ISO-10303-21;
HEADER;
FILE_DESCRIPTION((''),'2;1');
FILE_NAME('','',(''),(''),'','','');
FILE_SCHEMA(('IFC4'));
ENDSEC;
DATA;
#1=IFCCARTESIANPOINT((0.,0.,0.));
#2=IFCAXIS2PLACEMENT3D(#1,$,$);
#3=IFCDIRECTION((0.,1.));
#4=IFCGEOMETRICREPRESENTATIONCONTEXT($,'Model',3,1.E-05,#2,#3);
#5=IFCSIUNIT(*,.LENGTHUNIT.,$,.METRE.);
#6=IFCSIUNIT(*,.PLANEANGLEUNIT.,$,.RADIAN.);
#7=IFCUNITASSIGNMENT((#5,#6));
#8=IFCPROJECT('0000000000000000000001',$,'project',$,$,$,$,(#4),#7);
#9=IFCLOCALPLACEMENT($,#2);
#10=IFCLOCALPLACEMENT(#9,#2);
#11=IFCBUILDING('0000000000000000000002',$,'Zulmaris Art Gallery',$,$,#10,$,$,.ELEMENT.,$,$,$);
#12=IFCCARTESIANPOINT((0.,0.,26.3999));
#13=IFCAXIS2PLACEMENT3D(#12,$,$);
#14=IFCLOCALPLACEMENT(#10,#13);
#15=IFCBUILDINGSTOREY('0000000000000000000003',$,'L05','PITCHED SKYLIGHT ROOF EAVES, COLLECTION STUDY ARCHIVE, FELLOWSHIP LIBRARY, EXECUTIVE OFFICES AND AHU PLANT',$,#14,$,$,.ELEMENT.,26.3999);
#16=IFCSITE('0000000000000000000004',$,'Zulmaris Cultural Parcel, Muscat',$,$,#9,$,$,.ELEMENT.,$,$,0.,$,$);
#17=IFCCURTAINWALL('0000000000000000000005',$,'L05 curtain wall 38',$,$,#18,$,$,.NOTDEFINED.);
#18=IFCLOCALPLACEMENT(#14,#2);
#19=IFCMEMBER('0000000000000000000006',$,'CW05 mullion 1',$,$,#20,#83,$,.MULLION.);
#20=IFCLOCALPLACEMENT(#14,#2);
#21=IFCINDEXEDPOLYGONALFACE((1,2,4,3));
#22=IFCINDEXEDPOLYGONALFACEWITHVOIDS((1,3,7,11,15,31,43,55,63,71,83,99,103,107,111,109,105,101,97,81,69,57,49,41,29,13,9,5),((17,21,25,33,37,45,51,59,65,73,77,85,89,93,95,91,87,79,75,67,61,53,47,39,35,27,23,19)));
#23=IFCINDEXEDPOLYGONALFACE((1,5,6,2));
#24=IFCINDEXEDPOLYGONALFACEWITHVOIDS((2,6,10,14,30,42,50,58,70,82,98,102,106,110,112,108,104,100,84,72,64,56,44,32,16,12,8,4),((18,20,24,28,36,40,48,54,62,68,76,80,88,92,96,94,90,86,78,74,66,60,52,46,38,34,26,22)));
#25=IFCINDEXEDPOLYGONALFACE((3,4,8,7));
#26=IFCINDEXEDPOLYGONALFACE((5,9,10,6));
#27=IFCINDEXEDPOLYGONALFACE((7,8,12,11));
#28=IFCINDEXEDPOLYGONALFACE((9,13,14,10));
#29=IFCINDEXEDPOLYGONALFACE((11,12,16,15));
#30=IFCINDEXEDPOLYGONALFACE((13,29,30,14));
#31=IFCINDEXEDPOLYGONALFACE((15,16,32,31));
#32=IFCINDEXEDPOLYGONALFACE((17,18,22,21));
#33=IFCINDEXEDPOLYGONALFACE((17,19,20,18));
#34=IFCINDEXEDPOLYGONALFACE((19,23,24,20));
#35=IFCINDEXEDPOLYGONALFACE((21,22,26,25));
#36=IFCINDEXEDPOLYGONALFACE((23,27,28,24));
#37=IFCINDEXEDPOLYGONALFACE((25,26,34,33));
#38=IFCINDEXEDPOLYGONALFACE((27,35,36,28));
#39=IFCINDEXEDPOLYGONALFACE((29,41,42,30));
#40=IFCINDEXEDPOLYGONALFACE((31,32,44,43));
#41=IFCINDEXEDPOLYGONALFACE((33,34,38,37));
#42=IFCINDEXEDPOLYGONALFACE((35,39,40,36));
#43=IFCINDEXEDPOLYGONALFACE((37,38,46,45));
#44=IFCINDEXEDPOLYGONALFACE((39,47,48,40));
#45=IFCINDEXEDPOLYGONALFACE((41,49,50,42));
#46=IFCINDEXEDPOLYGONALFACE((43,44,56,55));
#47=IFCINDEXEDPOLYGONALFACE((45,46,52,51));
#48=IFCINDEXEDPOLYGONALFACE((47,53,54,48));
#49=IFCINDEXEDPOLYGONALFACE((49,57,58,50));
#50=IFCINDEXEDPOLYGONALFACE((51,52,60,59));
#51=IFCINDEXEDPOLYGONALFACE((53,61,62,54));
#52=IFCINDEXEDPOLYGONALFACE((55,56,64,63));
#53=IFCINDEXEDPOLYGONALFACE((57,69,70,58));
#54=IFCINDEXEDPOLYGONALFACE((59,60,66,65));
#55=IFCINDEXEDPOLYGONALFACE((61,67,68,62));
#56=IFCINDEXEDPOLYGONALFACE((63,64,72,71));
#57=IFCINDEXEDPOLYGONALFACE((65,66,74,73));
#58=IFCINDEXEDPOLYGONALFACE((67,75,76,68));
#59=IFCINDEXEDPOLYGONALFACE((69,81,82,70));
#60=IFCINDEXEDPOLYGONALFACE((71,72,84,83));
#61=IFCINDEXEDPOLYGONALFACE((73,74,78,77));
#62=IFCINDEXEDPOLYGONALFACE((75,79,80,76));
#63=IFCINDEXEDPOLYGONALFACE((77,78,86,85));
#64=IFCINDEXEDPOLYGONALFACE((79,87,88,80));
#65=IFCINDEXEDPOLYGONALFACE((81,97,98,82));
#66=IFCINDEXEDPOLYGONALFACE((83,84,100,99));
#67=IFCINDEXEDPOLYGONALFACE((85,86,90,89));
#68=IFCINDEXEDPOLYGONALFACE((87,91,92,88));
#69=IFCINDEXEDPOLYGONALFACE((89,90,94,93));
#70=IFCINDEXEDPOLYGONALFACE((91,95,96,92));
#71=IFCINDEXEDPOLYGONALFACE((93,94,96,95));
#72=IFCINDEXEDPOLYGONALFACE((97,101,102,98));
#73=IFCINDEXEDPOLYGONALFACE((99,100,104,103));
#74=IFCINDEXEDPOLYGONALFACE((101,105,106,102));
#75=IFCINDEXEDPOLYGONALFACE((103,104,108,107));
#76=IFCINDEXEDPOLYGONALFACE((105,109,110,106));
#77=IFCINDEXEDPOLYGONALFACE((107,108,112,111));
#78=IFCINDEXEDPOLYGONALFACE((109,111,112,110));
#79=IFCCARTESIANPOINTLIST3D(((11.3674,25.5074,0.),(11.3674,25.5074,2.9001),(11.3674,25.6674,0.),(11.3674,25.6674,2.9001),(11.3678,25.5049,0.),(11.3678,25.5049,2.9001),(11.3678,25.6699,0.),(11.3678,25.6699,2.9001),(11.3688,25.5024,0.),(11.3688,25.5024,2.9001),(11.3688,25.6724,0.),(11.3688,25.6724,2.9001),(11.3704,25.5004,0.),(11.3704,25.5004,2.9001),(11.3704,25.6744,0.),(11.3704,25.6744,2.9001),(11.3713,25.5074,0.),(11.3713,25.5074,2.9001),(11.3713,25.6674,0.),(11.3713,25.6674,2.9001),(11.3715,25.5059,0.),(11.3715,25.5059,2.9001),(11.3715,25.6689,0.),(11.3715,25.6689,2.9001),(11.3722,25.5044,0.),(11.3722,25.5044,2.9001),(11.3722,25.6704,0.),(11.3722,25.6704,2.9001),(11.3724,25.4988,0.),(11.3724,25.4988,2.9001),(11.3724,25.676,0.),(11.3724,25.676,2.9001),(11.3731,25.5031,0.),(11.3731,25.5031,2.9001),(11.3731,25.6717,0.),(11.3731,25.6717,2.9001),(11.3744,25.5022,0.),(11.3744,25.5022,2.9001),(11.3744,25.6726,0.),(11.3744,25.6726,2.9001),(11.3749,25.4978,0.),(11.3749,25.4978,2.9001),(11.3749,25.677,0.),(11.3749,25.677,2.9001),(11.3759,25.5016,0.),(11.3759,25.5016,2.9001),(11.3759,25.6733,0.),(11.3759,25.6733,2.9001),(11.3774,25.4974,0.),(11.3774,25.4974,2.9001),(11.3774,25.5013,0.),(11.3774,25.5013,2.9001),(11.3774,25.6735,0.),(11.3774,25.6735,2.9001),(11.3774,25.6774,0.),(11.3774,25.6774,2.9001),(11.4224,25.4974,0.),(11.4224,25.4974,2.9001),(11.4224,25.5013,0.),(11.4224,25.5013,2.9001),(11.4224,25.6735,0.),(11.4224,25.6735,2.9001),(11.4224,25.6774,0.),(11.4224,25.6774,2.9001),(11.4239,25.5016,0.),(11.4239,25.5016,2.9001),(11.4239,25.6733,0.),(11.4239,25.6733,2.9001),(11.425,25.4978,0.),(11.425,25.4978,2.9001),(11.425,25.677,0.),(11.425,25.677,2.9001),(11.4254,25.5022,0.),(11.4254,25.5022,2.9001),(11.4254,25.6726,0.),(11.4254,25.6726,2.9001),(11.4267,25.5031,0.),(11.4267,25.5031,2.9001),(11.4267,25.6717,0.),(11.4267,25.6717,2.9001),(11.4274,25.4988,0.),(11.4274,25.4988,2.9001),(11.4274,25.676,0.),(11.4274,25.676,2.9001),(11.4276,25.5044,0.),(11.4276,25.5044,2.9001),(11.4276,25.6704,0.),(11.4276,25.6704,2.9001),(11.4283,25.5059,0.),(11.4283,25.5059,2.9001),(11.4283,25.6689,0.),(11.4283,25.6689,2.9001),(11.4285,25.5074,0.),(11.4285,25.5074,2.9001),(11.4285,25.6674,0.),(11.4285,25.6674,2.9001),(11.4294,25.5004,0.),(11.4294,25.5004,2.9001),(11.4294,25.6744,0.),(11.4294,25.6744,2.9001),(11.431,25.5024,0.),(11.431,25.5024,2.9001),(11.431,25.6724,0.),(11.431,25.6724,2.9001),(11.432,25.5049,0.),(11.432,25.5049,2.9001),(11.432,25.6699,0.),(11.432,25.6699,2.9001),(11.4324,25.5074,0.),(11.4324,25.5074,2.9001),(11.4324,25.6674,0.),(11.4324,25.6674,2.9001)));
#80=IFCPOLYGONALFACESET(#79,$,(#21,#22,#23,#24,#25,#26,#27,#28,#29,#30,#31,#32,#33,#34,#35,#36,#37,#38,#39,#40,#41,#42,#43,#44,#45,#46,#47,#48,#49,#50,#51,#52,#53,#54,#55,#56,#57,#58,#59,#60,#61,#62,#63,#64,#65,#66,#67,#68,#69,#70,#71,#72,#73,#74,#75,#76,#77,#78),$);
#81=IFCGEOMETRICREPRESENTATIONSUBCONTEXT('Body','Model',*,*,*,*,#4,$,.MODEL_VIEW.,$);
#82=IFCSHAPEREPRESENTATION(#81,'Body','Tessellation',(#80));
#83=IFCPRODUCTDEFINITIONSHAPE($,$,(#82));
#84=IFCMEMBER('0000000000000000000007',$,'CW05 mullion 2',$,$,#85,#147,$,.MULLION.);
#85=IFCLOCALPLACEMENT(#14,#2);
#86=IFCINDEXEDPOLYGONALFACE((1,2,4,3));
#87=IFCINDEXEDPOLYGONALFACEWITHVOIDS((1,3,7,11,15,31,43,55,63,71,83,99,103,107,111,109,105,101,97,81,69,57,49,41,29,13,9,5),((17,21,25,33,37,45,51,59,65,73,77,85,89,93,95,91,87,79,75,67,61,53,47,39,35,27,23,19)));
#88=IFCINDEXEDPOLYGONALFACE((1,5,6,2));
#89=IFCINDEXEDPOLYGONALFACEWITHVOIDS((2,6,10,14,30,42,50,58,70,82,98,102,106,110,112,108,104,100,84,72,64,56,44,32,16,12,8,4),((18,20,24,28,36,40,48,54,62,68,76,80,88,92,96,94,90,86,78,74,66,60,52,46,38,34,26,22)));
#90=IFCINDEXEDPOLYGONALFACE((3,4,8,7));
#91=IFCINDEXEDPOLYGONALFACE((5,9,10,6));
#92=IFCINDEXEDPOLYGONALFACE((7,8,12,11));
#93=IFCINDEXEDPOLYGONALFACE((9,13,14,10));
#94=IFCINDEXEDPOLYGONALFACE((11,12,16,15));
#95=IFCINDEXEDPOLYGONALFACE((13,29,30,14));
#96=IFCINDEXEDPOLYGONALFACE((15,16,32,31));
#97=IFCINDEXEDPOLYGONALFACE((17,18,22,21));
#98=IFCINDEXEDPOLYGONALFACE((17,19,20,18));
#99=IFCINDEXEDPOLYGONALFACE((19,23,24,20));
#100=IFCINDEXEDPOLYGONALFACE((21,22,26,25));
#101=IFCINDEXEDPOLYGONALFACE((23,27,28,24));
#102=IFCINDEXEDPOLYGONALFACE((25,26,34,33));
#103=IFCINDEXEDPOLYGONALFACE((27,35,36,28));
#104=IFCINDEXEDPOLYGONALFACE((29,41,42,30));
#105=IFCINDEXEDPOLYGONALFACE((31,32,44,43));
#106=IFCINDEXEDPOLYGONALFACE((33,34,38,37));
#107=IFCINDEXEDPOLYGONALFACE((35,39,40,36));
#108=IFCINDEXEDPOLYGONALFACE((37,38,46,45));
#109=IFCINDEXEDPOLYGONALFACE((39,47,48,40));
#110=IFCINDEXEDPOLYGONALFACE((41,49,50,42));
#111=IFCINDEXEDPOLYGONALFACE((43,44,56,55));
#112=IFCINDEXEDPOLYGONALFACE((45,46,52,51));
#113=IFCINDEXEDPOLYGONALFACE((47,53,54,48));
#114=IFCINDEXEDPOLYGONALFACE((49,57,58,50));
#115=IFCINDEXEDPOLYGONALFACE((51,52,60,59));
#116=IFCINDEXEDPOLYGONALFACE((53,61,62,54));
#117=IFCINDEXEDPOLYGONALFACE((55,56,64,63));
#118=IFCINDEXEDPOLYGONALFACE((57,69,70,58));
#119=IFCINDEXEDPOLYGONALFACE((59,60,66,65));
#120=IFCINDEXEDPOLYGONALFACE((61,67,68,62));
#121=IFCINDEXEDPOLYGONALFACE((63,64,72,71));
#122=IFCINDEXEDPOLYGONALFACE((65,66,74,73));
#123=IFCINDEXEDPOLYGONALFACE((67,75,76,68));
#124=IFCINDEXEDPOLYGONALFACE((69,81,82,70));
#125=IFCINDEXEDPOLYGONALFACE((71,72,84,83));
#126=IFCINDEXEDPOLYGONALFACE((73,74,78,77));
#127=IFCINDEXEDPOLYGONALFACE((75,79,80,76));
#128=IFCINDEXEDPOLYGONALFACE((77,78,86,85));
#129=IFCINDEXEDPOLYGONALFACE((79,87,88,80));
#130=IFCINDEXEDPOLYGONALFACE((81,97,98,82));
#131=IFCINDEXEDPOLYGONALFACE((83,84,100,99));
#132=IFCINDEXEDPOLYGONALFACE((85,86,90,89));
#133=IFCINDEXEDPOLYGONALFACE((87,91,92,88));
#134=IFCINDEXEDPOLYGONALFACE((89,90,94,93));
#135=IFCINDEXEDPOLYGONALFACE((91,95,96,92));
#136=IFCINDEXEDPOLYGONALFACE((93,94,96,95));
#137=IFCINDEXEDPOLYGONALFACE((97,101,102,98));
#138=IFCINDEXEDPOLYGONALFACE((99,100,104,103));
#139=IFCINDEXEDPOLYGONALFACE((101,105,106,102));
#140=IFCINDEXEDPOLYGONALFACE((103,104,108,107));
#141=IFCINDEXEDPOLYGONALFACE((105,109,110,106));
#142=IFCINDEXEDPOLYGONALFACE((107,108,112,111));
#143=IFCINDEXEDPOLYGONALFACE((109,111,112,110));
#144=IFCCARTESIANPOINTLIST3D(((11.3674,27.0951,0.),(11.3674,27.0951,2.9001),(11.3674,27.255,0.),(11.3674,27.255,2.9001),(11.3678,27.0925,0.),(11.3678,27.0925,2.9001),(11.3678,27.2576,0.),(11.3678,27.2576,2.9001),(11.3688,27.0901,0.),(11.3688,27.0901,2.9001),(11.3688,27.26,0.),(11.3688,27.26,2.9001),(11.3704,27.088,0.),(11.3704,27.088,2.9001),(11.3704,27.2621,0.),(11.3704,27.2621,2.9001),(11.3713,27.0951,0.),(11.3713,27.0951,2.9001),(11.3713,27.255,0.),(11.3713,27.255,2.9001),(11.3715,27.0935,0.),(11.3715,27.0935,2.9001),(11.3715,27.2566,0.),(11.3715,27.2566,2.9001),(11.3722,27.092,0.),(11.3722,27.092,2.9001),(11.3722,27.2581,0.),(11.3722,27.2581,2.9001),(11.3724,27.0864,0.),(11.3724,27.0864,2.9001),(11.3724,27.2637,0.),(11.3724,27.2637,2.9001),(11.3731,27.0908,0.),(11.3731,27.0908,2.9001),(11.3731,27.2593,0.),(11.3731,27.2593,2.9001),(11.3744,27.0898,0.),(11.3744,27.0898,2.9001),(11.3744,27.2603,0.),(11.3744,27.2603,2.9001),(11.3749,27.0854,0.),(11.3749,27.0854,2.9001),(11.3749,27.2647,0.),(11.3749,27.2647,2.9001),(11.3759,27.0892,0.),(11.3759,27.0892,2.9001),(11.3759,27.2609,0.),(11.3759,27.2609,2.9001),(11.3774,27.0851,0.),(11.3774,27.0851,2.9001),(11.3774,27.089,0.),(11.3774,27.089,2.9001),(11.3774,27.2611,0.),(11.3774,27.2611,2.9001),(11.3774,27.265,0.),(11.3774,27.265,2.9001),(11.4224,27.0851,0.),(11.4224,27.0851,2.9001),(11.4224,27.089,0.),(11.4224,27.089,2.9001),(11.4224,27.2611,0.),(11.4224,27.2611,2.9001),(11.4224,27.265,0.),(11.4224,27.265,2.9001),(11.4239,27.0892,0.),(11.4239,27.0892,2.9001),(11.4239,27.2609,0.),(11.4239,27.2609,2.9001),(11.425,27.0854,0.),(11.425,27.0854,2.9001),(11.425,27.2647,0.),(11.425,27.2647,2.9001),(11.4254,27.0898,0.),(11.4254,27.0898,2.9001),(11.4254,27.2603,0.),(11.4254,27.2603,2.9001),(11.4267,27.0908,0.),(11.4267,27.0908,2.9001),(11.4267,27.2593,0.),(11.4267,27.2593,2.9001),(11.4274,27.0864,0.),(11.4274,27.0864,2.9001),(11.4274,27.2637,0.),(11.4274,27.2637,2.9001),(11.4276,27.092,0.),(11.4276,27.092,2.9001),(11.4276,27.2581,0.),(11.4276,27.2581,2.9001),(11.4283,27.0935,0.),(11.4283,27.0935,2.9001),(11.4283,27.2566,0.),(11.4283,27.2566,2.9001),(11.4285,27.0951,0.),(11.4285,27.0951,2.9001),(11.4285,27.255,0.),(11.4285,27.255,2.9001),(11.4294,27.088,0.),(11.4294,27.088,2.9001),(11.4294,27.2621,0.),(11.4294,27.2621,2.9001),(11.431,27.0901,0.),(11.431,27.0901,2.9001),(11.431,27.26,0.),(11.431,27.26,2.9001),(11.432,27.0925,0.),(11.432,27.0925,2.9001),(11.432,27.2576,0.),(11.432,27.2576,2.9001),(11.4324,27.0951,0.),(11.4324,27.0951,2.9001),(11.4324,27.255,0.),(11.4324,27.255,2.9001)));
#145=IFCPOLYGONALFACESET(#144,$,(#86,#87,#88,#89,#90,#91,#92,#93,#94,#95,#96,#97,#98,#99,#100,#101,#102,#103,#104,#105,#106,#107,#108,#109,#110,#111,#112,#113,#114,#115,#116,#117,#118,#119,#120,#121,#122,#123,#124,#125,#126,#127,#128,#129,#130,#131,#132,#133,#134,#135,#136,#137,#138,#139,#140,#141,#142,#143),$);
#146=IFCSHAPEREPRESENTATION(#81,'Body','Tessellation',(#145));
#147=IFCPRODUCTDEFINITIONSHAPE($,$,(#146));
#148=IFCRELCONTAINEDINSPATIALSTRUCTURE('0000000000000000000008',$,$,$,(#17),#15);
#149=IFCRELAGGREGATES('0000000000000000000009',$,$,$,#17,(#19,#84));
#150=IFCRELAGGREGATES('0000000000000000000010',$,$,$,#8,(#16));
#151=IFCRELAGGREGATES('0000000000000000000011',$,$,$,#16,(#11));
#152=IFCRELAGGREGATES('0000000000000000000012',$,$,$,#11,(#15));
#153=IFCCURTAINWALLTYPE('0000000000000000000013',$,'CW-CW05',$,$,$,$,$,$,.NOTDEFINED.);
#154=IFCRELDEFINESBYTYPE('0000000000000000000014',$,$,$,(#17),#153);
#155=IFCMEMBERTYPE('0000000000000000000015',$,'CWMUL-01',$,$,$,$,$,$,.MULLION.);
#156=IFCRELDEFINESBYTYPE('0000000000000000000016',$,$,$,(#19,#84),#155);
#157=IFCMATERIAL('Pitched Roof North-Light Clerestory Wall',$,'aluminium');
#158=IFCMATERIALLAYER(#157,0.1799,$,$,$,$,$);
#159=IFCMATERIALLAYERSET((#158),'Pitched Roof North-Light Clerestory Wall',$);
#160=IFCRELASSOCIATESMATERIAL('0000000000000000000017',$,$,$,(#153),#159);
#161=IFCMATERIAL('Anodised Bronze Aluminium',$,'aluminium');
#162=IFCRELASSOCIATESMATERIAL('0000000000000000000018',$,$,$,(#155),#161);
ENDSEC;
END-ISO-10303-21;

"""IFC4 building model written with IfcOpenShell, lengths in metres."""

from ifc_helpers import new_model, si_unit, direction, frame, origin, origin_2d, place, context, subcontext, project, spatial, hollow_rectangle, extrude, material, layer, layer_set, material_profile, profile_set, type_object, element, aggregate, save


model = new_model("IFC4")

# Units and contexts
model_context = context("Model", 3, precision=1e-05, world=origin(), true_north=direction((0.0, 1.0)))
body_context = subcontext(model_context, "Body", "Model", "MODEL_VIEW")
ifc_project = project(units=[si_unit("LENGTHUNIT", "METRE"), si_unit("PLANEANGLEUNIT", "RADIAN")], contexts=[model_context])

# Site, building, storey
site_placement = place(None, origin())
site = spatial("IfcSite", under=ifc_project, at=site_placement, Name="Zulmaris Cultural Parcel, Muscat", CompositionType="ELEMENT", RefElevation=0.0)
building_placement = place(site_placement, origin())
building = spatial("IfcBuilding", under=site, at=building_placement, Name="Zulmaris Art Gallery", CompositionType="ELEMENT")
storey_placement = place(building_placement, frame((0.0, 0.0, 26.3999)))
storey = spatial("IfcBuildingStorey", under=building, at=storey_placement, Name="L05", Description="PITCHED SKYLIGHT ROOF EAVES, COLLECTION STUDY ARCHIVE, FELLOWSHIP LIBRARY, EXECUTIVE OFFICES AND AHU PLANT", CompositionType="ELEMENT", Elevation=26.3999)

# Curtain wall, members
ifc_material_1 = material(Name="Pitched Roof North-Light Clerestory Wall", Category="aluminium")
ifc_layer_1 = layer(ifc_material_1, 0.1799)
ifc_layer_set_1 = layer_set([ifc_layer_1], Name="Pitched Roof North-Light Clerestory Wall")
curtain_wall_type = type_object("IfcCurtainWallType", Name="CW-CW05", PredefinedType="NOTDEFINED", material=ifc_layer_set_1)
curtain_wall_placement = place(storey_placement, origin())
curtain_wall = element("IfcCurtainWall", 1, at=curtain_wall_placement, inside=storey, type_object=curtain_wall_type, Name="L05 curtain wall 38", PredefinedType="NOTDEFINED")
ifc_material_2 = material(Name="Anodised Bronze Aluminium", Category="aluminium")
ifc_material_profile_1 = material_profile(ifc_material_2, hollow_rectangle(XDim=0.0649, YDim=0.1799, WallThickness=0.0039, InnerFilletRadius=0.0061, OuterFilletRadius=0.01, at=origin_2d()), Name="ALU 65x180x4")
ifc_profile_set_1 = profile_set([ifc_material_profile_1], Name="Anodised Bronze Aluminium")
member_type_1 = type_object("IfcMemberType", Name="CWMUL-01", PredefinedType="MULLION", material=ifc_profile_set_1)
member_1_placement = place(storey_placement, frame((11.3999, 25.5874, 0.0), z_axis=(0.0, 0.0, 1.0), x_axis=(-1.0, 0.0, 0.0)))
member_1 = element("IfcMember", 2, at=member_1_placement, type_object=member_type_1, Name="CW05 mullion 1", PredefinedType="MULLION", context=body_context, shape_type="SweptSolid", body=[
    extrude(hollow_rectangle(XDim=0.0649, YDim=0.1799, WallThickness=0.0039, InnerFilletRadius=0.0061, OuterFilletRadius=0.01, at=origin_2d()), origin(), (0.0, 0.0, 1.0), 2.9001),
])
member_2_placement = place(storey_placement, frame((11.3999, 27.175, 0.0), z_axis=(0.0, 0.0, 1.0), x_axis=(-1.0, 0.0, 0.0)))
member_2 = element("IfcMember", 3, at=member_2_placement, type_object=member_type_1, Name="CW05 mullion 2", PredefinedType="MULLION", context=body_context, shape_type="SweptSolid", body=[
    extrude(hollow_rectangle(XDim=0.0649, YDim=0.1799, WallThickness=0.0039, InnerFilletRadius=0.0061, OuterFilletRadius=0.01, at=origin_2d()), origin(), (0.0, 0.0, 1.0), 2.9001),
])

aggregate(curtain_wall, [member_1, member_2])

save(model, "model.ifc")
